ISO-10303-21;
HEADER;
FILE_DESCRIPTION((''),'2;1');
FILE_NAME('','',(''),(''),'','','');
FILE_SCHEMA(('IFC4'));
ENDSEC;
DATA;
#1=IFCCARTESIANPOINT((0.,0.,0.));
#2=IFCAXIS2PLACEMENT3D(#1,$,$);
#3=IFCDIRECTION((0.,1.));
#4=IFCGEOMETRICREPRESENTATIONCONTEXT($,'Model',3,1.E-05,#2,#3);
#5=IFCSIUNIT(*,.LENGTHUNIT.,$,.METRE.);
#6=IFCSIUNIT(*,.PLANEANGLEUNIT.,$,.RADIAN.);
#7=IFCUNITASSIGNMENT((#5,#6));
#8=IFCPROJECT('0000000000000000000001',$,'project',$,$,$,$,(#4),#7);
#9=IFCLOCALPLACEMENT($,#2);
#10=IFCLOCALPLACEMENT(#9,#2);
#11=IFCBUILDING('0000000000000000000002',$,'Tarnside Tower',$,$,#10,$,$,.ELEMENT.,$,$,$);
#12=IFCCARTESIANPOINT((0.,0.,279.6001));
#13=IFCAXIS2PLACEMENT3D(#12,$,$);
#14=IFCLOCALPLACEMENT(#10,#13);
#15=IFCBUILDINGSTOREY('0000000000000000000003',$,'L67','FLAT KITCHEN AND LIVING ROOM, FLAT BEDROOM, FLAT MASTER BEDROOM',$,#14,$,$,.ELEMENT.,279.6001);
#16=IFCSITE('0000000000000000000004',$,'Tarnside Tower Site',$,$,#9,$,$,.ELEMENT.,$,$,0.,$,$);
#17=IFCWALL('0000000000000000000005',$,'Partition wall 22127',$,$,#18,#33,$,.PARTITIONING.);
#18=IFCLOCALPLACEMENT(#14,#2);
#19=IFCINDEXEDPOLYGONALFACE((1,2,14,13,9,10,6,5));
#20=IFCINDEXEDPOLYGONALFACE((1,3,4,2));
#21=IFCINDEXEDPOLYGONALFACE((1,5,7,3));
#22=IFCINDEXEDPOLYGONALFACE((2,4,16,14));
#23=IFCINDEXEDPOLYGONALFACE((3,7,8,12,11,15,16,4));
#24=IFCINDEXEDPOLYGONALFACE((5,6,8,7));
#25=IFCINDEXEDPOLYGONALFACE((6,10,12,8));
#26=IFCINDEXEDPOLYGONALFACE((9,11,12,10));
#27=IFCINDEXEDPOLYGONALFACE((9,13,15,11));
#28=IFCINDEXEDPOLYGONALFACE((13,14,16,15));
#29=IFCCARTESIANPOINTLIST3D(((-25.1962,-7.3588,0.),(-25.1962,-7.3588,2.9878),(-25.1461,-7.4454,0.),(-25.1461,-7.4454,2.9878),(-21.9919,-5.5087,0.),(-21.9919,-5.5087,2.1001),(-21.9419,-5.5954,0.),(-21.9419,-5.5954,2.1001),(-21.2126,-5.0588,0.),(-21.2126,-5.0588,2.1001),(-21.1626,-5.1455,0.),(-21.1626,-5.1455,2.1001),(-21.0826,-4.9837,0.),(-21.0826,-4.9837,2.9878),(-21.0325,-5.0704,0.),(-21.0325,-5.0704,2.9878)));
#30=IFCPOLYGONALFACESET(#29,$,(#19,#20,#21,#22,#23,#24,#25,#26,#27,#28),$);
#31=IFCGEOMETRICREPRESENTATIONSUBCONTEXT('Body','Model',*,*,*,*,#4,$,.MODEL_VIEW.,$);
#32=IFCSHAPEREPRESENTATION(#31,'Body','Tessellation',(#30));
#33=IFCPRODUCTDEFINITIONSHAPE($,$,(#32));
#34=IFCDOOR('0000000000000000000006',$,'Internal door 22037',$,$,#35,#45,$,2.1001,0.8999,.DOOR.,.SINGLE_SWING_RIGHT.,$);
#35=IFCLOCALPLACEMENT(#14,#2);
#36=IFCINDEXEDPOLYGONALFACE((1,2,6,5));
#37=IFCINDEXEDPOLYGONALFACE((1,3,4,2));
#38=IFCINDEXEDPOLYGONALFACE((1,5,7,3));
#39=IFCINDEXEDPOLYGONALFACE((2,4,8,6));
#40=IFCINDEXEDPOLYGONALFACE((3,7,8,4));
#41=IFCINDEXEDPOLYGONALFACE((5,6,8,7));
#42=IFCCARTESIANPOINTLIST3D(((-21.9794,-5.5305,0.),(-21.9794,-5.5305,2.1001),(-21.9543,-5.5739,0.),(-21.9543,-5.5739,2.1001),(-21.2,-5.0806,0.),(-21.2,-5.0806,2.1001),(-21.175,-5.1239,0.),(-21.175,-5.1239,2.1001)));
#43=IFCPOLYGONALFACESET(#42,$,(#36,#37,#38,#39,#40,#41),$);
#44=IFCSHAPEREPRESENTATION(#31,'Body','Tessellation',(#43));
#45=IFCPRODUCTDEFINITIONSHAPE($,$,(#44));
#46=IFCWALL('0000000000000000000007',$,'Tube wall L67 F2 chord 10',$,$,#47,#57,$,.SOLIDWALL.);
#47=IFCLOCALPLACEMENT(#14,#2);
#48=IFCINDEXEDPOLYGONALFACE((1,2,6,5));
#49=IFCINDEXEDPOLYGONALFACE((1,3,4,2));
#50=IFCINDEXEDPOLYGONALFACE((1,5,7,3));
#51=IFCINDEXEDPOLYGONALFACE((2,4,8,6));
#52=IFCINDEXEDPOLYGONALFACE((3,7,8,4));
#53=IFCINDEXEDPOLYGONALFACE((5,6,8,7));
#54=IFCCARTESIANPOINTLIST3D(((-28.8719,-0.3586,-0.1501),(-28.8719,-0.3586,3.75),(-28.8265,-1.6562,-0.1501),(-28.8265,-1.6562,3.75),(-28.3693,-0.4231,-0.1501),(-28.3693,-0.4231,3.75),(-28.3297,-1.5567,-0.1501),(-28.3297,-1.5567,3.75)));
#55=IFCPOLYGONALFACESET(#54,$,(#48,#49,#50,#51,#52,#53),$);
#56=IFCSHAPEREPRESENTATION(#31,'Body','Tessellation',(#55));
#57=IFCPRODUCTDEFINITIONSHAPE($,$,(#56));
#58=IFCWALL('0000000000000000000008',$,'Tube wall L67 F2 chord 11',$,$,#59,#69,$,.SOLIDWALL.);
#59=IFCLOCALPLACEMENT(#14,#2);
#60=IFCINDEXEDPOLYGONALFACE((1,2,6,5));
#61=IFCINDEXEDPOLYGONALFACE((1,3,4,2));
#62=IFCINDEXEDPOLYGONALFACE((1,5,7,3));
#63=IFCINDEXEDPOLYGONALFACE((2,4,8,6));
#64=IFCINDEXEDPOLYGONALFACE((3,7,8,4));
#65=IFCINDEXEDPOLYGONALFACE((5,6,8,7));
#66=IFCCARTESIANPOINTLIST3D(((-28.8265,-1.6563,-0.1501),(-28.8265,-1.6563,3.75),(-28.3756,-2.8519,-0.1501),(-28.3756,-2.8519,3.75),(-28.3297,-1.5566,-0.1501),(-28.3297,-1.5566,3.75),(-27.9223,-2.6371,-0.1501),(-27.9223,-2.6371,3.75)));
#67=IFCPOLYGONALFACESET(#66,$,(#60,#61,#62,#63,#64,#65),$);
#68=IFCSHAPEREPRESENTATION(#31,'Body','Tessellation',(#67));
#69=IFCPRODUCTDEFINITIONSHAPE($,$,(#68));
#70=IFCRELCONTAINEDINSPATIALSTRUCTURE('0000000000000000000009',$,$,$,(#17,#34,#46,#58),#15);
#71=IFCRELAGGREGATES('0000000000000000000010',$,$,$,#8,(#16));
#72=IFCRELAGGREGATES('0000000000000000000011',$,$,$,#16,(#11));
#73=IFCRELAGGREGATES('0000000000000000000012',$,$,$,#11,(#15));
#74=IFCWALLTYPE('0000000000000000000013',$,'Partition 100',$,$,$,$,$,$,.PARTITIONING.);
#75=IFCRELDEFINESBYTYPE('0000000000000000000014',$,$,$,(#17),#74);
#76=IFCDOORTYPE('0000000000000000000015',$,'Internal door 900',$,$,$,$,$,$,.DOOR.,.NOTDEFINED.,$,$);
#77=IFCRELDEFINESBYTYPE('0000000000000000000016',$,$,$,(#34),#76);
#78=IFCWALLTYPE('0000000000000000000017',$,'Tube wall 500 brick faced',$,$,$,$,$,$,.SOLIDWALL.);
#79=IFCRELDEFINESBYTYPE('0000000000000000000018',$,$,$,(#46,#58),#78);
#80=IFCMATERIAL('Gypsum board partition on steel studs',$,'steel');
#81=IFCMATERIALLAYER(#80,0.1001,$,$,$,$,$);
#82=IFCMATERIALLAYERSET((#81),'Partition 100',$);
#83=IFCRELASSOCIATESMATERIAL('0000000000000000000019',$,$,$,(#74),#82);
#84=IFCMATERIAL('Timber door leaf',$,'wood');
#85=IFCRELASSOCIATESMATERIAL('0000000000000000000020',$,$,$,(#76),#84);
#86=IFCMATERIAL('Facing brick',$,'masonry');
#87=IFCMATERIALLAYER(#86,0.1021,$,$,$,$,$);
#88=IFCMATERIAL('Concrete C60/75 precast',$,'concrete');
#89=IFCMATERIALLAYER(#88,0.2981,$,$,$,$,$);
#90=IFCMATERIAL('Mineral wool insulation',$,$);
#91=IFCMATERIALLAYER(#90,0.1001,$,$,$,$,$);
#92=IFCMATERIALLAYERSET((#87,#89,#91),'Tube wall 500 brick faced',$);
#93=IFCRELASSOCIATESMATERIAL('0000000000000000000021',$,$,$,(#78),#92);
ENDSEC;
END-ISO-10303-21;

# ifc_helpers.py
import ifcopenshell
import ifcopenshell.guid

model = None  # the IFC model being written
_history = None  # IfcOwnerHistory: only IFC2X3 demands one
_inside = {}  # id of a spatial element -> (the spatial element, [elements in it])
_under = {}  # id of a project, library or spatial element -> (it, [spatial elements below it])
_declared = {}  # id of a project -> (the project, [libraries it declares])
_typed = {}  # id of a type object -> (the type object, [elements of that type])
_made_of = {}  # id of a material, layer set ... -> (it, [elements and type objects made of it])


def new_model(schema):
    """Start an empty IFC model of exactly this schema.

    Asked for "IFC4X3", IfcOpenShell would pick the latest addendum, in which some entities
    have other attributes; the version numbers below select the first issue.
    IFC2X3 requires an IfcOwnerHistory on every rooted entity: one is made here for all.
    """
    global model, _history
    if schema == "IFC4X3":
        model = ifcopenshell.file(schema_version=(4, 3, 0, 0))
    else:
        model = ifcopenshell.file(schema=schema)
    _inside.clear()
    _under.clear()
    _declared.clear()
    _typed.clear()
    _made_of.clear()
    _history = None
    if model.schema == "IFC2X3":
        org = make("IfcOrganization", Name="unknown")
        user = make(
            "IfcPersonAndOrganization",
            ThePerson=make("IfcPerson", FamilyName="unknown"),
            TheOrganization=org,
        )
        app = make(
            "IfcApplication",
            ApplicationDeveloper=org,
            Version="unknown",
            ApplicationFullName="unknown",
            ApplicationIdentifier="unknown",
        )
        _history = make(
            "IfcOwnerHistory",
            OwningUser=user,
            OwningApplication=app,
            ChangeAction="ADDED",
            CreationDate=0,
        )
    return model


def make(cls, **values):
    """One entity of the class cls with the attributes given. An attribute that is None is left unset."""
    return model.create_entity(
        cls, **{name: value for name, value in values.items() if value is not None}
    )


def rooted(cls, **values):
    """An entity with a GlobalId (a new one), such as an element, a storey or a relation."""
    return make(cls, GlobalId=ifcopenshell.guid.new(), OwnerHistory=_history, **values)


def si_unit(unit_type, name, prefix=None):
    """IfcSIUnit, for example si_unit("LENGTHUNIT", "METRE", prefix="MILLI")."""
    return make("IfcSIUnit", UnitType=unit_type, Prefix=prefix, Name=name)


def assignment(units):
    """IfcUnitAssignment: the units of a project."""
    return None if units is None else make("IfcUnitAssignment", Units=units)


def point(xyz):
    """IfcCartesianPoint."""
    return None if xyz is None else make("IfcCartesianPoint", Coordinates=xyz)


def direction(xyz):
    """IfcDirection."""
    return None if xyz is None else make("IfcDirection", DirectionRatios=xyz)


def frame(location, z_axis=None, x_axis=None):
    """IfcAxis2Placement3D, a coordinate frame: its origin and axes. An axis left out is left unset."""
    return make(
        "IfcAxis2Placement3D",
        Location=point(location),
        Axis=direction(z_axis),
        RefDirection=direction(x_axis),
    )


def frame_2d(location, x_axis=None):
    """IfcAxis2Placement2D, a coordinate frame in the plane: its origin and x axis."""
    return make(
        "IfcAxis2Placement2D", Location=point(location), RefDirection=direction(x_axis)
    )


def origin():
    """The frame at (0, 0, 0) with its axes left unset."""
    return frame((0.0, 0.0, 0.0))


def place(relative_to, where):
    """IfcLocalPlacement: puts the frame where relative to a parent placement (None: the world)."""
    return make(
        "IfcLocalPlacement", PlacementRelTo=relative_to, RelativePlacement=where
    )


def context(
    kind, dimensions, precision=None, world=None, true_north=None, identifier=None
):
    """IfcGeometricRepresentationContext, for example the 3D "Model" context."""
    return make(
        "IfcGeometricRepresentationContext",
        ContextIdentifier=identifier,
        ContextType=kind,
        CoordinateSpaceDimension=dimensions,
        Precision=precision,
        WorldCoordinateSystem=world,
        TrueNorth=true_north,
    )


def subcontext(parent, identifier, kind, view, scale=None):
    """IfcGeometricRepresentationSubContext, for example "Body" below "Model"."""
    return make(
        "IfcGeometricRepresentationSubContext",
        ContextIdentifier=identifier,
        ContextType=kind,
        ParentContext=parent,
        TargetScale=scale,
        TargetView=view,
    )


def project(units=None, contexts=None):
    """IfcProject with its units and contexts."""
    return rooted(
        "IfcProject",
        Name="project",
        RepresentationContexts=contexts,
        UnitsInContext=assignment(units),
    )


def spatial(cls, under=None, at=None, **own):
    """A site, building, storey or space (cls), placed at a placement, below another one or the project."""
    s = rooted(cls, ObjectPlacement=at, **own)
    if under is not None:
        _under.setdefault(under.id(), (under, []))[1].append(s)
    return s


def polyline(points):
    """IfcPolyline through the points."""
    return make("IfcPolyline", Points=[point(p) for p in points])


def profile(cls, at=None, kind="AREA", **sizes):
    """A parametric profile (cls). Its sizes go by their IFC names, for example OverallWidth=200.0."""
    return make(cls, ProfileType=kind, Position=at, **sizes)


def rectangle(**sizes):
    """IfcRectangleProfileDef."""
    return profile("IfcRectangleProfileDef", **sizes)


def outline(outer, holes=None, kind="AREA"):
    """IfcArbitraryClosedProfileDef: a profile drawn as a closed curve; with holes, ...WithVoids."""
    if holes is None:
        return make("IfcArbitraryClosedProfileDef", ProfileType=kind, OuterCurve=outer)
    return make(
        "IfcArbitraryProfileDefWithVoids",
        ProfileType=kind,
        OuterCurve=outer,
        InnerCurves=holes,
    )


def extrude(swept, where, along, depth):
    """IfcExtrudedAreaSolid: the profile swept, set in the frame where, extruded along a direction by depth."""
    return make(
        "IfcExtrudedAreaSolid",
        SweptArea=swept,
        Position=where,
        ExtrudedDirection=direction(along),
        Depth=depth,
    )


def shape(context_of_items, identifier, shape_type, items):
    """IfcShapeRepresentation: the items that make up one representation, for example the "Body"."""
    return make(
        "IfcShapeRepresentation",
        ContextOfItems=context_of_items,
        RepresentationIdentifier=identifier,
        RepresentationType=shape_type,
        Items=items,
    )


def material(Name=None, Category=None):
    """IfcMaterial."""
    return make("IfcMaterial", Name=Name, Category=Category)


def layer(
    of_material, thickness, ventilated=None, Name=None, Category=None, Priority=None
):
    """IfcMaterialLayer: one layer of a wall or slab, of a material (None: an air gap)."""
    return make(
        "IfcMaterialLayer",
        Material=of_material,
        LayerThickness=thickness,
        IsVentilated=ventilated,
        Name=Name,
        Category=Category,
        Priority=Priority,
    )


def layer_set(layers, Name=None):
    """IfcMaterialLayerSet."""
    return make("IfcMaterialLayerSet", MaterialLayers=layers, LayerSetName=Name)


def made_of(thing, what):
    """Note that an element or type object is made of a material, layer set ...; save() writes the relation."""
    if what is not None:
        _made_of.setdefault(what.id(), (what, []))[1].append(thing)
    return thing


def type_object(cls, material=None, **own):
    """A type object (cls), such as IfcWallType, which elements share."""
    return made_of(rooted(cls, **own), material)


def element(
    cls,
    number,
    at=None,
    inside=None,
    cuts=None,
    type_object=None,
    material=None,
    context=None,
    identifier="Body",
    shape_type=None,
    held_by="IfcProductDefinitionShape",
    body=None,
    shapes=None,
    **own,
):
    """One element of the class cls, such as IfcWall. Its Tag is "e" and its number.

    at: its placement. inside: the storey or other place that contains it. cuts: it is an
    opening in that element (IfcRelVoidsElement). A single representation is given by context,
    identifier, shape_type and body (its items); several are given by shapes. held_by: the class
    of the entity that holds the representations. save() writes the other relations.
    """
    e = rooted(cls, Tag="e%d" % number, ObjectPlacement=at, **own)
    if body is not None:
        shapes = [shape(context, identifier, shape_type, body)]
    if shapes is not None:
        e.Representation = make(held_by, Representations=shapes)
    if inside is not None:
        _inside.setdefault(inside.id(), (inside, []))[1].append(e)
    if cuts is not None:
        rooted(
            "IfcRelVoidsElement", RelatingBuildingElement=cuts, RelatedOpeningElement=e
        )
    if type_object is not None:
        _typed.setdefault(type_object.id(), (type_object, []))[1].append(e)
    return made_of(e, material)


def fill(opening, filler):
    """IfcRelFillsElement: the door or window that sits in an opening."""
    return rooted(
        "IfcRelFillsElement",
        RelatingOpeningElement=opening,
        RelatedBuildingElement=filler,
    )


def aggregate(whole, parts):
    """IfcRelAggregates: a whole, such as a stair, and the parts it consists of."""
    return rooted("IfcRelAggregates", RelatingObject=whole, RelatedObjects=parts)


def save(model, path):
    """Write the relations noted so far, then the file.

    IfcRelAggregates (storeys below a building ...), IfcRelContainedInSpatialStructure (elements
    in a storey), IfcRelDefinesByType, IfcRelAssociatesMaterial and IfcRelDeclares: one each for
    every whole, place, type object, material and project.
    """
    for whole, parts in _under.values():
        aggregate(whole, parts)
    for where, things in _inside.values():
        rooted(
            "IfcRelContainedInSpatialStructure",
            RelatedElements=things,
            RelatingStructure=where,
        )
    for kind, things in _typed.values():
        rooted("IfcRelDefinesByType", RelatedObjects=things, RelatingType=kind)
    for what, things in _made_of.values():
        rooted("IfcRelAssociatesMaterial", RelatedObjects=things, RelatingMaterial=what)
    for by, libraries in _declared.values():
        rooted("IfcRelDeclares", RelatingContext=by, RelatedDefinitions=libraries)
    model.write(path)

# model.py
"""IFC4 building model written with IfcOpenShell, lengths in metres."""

from ifc_helpers import new_model, si_unit, direction, frame, frame_2d, origin, place, context, subcontext, project, spatial, polyline, rectangle, outline, extrude, material, layer, layer_set, type_object, element, fill, save


model = new_model("IFC4")

# Units and contexts
model_context = context("Model", 3, precision=1e-05, world=origin(), true_north=direction((0.0, 1.0)))
body_context = subcontext(model_context, "Body", "Model", "MODEL_VIEW")
ifc_project = project(units=[si_unit("LENGTHUNIT", "METRE"), si_unit("PLANEANGLEUNIT", "RADIAN")], contexts=[model_context])

# Site, building, storey
site_placement = place(None, origin())
site = spatial("IfcSite", under=ifc_project, at=site_placement, Name="Tarnside Tower Site", CompositionType="ELEMENT", RefElevation=0.0)
building_placement = place(site_placement, origin())
building = spatial("IfcBuilding", under=site, at=building_placement, Name="Tarnside Tower", CompositionType="ELEMENT")
storey_placement = place(building_placement, frame((0.0, 0.0, 279.6001)))
storey = spatial("IfcBuildingStorey", under=building, at=storey_placement, Name="L67", Description="FLAT KITCHEN AND LIVING ROOM, FLAT BEDROOM, FLAT MASTER BEDROOM", CompositionType="ELEMENT", Elevation=279.6001)

# Shared definitions
ifc_material_1 = material(Name="Gypsum board partition on steel studs", Category="steel")

# Wall, opening, door
ifc_layer_1 = layer(ifc_material_1, 0.1001)
ifc_layer_set_1 = layer_set([ifc_layer_1], Name="Partition 100")
wall_type_1 = type_object("IfcWallType", Name="Partition 100", PredefinedType="PARTITIONING", material=ifc_layer_set_1)
wall_1_placement = place(storey_placement, frame((-25.1711, -7.4021, 0.0), z_axis=(0.0, 0.0, 1.0), x_axis=(0.86602, 0.500009, 0.0)))
wall_1 = element("IfcWall", 1, at=wall_1_placement, inside=storey, type_object=wall_type_1, Name="Partition wall 22127", PredefinedType="PARTITIONING", context=body_context, shape_type="SweptSolid", body=[
    extrude(rectangle(XDim=4.75, YDim=0.1001, at=frame_2d((2.375, 0.0))), origin(), (0.0, 0.0, 1.0), 2.9878),
])
opening_1_placement = place(wall_1_placement, frame((3.7, 0.0, 0.0)))
opening_1 = element("IfcOpeningElement", 2, at=opening_1_placement, cuts=wall_1, PredefinedType="OPENING", context=body_context, shape_type="SweptSolid", body=[
    extrude(rectangle(XDim=0.8999, YDim=2.1001, at=frame_2d((0.45, 1.05))), frame((0.0, 0.0601, 0.0), z_axis=(0.0, -1.0, 0.0), x_axis=(1.0, 0.0, 0.0)), (0.0, 0.0, 1.0), 0.1201),
])
ifc_material_2 = material(Name="Timber door leaf", Category="wood")
door_type = type_object("IfcDoorType", Name="Internal door 900", OperationType="NOTDEFINED", PredefinedType="DOOR", material=ifc_material_2)
door_placement = place(opening_1_placement, origin())
door = element("IfcDoor", 3, at=door_placement, inside=storey, type_object=door_type, Name="Internal door 22037", OperationType="SINGLE_SWING_RIGHT", OverallHeight=2.1001, OverallWidth=0.8999, PredefinedType="DOOR", context=body_context, shape_type="SweptSolid", body=[
    extrude(rectangle(XDim=0.8999, YDim=2.1001, at=frame_2d((0.45, 1.05))), frame((0.0, 0.0249, 0.0), z_axis=(0.0, -1.0, 0.0), x_axis=(1.0, 0.0, 0.0)), (0.0, 0.0, 1.0), 0.05),
])
fill(opening_1, door)

# Walls
ifc_material_3 = material(Name="Facing brick", Category="masonry")
ifc_layer_2 = layer(ifc_material_3, 0.1021)
ifc_material_4 = material(Name="Concrete C60/75 precast", Category="concrete")
ifc_layer_3 = layer(ifc_material_4, 0.2981)
ifc_material_5 = material(Name="Mineral wool insulation")
ifc_layer_4 = layer(ifc_material_5, 0.1001)
ifc_layer_set_2 = layer_set([ifc_layer_2, ifc_layer_3, ifc_layer_4], Name="Tube wall 500 brick faced")
wall_type_2 = type_object("IfcWallType", Name="Tube wall 500 brick faced", PredefinedType="SOLIDWALL", material=ifc_layer_set_2)
wall_2_placement = place(storey_placement, frame((-28.6206, -0.3909, -0.1501), z_axis=(0.0, 0.0, 1.0), x_axis=(0.034925, -0.99939, 0.0)))
element("IfcWall", 4, at=wall_2_placement, inside=storey, type_object=wall_type_2, Name="Tube wall L67 F2 chord 10", PredefinedType="SOLIDWALL", context=body_context, shape_type="SweptSolid", body=[
    extrude(outline(polyline([(-0.041, -0.25), (1.2573, -0.25), (1.1753, 0.25), (0.041, 0.25), (-0.041, -0.25)])), origin(), (0.0, 0.0, 1.0), 3.9001),
])
wall_3_placement = place(storey_placement, frame((-28.5781, -1.6064, -0.1501), z_axis=(0.0, 0.0, 1.0), x_axis=(0.352838, -0.935684, 0.0)))
element("IfcWall", 5, at=wall_3_placement, inside=storey, type_object=wall_type_2, Name="Tube wall L67 F2 chord 11", PredefinedType="SOLIDWALL", context=body_context, shape_type="SweptSolid", body=[
    extrude(outline(polyline([(-0.041, -0.25), (1.2368, -0.25), (1.1958, 0.25), (0.041, 0.25), (-0.041, -0.25)])), origin(), (0.0, 0.0, 1.0), 3.9001),
])

save(model, "model.ifc")
